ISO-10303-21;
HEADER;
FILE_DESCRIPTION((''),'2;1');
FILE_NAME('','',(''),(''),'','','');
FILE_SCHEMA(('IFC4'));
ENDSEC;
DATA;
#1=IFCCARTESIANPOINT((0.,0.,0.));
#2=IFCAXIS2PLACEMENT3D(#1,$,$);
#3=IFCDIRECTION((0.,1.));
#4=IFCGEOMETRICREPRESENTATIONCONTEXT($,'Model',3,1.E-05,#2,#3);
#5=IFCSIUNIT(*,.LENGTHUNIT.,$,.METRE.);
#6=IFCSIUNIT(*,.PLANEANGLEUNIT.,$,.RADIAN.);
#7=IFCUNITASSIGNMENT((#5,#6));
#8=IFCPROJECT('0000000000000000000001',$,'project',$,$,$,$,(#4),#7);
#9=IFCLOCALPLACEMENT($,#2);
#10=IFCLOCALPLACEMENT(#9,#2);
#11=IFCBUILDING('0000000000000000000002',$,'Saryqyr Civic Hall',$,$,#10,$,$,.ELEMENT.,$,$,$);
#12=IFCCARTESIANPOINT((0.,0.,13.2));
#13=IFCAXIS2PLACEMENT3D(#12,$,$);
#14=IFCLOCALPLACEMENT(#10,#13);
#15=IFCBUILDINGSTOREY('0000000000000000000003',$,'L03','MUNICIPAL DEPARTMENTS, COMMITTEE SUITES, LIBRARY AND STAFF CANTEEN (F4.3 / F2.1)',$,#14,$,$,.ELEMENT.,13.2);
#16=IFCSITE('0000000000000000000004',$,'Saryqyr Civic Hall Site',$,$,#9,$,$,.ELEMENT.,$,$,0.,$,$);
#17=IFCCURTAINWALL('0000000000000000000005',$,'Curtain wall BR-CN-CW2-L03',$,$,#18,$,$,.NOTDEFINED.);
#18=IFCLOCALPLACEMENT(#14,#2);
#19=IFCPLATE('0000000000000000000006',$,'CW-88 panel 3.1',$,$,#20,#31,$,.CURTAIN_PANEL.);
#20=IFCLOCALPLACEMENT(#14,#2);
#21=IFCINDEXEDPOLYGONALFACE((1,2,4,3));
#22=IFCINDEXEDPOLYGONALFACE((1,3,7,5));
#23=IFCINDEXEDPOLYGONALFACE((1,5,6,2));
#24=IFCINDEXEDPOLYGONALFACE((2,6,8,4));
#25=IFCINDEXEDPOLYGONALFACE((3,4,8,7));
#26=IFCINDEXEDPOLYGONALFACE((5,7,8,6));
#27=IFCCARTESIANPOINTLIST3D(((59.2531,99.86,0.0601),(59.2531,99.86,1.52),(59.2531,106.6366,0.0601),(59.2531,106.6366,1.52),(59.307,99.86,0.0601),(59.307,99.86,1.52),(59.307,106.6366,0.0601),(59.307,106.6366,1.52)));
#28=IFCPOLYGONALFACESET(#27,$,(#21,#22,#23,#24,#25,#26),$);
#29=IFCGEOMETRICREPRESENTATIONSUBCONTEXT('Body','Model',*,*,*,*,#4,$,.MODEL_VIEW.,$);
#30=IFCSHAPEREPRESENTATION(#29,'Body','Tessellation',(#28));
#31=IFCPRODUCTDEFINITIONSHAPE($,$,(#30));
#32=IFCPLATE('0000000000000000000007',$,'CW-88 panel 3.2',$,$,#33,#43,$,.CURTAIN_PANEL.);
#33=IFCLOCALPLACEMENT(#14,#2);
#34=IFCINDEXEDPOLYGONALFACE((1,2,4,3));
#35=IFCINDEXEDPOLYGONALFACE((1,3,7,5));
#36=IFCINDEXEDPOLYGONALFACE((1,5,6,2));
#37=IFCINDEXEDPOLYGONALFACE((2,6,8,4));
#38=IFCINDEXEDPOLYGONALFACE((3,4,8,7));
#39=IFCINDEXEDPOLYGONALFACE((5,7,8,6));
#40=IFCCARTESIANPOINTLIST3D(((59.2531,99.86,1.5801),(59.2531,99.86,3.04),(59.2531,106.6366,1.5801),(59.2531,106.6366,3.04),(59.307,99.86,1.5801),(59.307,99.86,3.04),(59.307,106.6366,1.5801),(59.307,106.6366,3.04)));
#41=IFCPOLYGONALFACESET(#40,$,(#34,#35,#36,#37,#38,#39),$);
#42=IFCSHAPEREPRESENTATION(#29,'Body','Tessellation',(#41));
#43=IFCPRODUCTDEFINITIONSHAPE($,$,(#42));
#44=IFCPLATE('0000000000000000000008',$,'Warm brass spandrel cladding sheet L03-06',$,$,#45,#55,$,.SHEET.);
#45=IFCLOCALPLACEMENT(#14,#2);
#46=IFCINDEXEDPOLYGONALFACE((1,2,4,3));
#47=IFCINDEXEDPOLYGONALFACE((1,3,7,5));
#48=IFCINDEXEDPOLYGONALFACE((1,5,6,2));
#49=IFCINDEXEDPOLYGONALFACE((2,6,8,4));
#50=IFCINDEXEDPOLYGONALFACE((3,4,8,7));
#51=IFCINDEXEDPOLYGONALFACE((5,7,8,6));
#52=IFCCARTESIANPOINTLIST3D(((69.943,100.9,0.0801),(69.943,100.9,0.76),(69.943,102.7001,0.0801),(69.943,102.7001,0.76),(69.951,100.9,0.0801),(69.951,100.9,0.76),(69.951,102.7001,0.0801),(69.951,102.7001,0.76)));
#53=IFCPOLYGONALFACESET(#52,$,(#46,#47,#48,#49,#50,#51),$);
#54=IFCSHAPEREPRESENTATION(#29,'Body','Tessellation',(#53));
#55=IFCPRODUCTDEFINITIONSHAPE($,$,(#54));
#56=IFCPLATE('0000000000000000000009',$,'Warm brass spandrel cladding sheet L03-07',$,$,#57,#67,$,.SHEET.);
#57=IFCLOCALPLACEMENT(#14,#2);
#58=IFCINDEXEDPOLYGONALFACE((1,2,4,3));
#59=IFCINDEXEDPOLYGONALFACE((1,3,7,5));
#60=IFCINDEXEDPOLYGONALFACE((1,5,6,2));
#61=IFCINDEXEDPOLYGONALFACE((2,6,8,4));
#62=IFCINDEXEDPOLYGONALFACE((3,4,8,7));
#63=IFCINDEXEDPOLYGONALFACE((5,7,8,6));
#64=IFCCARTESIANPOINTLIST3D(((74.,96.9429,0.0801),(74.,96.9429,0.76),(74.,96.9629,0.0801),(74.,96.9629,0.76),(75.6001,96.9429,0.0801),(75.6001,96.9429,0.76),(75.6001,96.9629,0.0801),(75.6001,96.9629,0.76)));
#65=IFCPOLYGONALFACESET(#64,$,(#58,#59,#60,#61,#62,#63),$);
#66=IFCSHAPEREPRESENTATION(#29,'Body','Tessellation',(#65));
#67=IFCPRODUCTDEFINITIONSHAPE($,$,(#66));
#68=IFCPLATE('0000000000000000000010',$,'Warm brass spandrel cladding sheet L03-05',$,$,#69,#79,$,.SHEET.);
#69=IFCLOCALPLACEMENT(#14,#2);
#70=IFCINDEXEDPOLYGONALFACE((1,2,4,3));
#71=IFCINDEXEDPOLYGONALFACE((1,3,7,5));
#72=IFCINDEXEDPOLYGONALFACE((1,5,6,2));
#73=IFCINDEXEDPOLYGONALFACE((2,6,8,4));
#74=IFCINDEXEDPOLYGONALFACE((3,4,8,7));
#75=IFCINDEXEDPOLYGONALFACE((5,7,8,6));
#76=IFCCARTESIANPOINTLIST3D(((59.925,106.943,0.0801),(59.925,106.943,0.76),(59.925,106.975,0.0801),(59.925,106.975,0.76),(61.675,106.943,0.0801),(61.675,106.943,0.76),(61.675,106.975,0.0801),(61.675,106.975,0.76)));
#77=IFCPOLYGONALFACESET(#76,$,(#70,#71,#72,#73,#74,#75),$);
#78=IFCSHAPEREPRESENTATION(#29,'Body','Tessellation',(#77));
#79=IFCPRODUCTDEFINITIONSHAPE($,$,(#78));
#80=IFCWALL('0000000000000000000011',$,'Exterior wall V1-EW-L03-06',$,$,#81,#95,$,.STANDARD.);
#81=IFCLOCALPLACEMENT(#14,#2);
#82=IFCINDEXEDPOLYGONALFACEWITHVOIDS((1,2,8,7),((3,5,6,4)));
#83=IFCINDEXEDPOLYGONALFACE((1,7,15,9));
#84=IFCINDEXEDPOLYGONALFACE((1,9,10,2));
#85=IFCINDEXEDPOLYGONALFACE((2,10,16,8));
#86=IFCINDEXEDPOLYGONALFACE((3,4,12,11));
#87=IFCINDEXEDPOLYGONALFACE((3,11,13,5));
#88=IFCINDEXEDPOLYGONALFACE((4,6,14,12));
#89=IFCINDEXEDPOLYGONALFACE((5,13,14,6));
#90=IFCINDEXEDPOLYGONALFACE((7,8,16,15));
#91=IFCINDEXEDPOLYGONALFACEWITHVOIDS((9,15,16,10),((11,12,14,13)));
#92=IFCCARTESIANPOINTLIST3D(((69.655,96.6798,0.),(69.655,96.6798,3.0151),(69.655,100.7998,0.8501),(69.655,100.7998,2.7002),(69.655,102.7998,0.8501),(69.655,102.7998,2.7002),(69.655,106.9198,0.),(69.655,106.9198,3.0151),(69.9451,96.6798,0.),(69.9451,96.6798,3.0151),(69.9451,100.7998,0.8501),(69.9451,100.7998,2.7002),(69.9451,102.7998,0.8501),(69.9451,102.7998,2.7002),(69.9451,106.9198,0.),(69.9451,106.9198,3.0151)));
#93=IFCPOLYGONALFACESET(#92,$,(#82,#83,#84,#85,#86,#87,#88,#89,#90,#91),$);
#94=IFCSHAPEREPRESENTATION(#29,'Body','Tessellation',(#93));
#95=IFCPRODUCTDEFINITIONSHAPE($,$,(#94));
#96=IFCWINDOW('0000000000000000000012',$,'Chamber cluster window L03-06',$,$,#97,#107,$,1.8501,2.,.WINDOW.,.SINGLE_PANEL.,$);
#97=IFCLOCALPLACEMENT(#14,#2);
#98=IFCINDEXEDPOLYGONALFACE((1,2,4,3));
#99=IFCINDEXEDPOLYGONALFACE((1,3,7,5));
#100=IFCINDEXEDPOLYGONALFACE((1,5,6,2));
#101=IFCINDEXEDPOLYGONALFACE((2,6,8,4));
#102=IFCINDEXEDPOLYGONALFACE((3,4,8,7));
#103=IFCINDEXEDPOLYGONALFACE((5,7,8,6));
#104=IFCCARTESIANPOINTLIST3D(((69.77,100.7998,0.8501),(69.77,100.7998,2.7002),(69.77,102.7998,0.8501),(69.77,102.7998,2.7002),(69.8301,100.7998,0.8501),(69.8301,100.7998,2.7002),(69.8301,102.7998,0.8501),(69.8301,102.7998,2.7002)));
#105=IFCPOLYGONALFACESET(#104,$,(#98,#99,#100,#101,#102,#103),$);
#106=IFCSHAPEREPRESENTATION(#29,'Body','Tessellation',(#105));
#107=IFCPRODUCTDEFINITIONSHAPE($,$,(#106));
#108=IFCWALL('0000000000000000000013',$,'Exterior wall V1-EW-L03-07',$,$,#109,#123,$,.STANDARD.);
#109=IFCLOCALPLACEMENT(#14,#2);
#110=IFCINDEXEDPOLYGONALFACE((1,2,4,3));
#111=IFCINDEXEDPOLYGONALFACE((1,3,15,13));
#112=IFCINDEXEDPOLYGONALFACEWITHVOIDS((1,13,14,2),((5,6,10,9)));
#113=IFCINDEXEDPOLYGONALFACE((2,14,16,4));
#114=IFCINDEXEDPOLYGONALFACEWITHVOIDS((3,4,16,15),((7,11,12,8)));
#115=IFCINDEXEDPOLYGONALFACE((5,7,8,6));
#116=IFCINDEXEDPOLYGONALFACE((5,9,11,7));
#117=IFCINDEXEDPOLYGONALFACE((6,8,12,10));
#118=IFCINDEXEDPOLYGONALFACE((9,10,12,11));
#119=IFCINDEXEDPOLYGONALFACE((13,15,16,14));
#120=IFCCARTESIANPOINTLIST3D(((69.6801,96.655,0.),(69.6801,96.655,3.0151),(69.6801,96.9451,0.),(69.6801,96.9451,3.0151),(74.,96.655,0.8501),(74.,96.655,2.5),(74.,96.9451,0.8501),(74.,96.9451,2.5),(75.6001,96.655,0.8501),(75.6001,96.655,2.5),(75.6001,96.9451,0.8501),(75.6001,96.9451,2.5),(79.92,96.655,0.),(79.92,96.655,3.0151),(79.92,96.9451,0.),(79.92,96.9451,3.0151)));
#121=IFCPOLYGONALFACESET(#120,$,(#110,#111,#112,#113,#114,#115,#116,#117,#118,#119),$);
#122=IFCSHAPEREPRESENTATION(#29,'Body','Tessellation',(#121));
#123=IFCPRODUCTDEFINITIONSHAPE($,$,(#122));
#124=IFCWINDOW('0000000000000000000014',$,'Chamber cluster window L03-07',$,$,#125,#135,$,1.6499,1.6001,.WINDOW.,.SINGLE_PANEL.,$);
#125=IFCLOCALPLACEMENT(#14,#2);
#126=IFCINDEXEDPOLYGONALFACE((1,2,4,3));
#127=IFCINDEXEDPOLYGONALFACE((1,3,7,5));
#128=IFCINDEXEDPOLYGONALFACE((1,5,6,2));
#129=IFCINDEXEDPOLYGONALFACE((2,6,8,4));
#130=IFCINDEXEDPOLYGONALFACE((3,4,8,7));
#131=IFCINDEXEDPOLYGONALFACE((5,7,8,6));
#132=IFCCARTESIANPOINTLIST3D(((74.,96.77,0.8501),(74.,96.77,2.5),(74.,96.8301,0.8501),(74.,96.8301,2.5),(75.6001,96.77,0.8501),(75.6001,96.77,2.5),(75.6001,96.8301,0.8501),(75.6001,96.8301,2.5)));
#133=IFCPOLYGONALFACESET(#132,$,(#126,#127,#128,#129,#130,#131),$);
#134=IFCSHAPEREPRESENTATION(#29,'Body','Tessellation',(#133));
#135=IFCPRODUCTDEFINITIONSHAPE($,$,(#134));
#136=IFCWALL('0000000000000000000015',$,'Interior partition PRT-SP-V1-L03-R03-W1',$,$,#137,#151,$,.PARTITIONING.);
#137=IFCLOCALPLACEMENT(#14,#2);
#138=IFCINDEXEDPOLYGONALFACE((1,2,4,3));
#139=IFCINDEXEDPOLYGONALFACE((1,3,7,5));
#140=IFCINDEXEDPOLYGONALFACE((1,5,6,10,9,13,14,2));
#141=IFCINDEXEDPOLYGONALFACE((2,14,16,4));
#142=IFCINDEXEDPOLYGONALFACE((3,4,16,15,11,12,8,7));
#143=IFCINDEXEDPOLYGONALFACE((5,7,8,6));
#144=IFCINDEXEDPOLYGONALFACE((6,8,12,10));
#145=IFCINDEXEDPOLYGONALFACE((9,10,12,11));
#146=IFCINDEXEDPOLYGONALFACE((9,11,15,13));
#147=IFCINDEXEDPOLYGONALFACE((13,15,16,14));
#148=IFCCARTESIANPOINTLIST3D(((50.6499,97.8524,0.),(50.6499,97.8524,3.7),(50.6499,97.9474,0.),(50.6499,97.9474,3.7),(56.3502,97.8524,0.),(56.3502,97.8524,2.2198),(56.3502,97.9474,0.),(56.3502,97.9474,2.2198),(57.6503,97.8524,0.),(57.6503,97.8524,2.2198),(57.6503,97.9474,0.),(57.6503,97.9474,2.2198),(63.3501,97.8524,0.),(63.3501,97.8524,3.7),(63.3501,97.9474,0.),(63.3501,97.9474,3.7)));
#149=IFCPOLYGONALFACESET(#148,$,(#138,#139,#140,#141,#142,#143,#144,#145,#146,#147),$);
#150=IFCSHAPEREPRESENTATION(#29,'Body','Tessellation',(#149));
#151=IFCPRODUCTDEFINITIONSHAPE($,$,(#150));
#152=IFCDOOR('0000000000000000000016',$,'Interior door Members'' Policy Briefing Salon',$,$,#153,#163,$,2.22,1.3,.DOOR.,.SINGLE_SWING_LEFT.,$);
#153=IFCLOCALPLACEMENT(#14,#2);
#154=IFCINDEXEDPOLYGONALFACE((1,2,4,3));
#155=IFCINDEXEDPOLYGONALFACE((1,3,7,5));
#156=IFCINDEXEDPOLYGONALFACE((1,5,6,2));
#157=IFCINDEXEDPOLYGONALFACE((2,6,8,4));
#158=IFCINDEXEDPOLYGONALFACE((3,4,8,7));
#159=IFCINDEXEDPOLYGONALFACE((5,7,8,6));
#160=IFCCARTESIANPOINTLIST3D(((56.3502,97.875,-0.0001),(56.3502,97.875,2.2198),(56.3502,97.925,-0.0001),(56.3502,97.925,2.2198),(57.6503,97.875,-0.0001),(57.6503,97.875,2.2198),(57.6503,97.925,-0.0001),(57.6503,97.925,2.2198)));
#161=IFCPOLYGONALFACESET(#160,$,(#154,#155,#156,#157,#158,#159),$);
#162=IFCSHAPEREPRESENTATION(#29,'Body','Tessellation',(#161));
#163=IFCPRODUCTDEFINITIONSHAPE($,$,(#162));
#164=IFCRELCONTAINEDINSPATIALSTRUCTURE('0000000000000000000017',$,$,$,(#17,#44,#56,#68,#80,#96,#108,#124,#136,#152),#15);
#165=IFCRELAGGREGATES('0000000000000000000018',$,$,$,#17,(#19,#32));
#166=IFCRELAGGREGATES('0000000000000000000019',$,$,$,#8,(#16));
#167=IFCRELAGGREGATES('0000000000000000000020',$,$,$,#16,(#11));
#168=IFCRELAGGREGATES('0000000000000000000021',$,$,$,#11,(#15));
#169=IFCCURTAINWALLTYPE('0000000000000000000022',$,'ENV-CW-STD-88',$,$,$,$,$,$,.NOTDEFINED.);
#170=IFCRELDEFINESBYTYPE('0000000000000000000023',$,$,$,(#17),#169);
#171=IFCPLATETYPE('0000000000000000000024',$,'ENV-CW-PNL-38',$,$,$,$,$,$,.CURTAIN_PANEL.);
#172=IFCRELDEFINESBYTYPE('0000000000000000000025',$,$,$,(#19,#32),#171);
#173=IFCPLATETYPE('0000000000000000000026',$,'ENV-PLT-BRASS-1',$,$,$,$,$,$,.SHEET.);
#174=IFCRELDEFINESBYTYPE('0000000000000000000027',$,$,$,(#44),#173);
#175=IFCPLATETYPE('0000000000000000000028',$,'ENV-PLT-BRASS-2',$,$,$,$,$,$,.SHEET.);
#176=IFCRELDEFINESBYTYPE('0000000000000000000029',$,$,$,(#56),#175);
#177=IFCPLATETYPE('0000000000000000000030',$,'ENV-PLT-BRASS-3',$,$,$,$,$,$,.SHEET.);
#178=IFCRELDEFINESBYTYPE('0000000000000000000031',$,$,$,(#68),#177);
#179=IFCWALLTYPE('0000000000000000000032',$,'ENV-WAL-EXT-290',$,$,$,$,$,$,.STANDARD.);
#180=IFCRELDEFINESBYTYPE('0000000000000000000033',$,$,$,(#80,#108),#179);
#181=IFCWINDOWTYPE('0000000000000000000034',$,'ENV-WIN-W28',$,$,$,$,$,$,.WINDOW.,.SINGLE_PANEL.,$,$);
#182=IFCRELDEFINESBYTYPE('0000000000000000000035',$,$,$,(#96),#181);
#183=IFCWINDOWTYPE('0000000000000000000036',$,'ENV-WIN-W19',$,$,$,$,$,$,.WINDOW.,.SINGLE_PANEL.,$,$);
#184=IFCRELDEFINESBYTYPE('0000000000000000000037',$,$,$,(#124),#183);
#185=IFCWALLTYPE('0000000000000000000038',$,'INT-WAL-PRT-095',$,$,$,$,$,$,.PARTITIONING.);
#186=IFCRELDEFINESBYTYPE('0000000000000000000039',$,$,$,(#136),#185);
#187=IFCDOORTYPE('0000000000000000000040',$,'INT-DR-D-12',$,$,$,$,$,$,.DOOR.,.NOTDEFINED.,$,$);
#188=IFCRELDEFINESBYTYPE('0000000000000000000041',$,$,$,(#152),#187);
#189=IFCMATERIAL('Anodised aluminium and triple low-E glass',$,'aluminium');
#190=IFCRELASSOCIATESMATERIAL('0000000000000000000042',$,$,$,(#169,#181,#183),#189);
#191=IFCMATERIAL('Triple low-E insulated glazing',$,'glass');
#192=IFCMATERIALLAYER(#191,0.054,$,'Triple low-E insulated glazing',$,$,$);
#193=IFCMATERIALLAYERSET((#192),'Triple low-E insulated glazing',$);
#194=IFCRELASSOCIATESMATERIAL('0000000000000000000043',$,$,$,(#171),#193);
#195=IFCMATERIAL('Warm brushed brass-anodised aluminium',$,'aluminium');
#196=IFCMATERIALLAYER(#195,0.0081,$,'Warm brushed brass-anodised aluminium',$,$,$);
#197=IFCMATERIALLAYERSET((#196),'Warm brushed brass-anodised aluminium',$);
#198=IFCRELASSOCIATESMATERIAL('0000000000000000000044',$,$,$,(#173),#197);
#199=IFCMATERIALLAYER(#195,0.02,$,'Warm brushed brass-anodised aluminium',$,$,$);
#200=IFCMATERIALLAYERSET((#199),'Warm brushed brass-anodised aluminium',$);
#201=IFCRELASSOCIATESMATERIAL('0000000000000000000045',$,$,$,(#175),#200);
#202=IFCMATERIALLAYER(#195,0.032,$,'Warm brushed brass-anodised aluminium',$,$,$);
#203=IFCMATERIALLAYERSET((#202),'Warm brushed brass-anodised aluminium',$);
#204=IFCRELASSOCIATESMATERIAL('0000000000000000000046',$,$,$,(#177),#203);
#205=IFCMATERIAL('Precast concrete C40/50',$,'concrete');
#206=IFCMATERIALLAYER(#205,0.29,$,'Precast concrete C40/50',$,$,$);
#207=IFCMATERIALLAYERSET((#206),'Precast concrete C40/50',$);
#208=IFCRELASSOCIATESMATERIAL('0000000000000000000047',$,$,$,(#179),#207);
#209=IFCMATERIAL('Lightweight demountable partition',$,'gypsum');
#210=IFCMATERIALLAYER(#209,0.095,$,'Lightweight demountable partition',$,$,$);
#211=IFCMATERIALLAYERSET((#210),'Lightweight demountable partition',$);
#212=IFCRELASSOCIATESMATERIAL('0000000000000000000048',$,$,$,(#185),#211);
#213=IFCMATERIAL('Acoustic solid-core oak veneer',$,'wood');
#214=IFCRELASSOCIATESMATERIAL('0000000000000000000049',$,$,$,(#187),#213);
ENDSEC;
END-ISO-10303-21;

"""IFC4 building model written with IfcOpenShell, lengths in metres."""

from ifc_helpers import new_model, si_unit, direction, frame, frame_2d, origin, origin_2d, place, context, subcontext, project, spatial, rectangle, extrude, material, layer, layer_set, type_object, element, fill, aggregate, save


model = new_model("IFC4")

# Units and contexts
model_context = context("Model", 3, precision=1e-05, world=origin(), true_north=direction((0.0, 1.0)))
body_context = subcontext(model_context, "Body", "Model", "MODEL_VIEW")
ifc_project = project(units=[si_unit("LENGTHUNIT", "METRE"), si_unit("PLANEANGLEUNIT", "RADIAN")], contexts=[model_context])

# Site, building, storey
site_placement = place(None, origin())
site = spatial("IfcSite", under=ifc_project, at=site_placement, Name="Saryqyr Civic Hall Site", CompositionType="ELEMENT", RefElevation=0.0)
building_placement = place(site_placement, origin())
building = spatial("IfcBuilding", under=site, at=building_placement, Name="Saryqyr Civic Hall", CompositionType="ELEMENT")
storey_placement = place(building_placement, frame((0.0, 0.0, 13.2)))
storey = spatial("IfcBuildingStorey", under=building, at=storey_placement, Name="L03", Description="MUNICIPAL DEPARTMENTS, COMMITTEE SUITES, LIBRARY AND STAFF CANTEEN (F4.3 / F2.1)", CompositionType="ELEMENT", Elevation=13.2)

# Curtain wall
ifc_material_1 = material(Name="Anodised aluminium and triple low-E glass", Category="aluminium")
curtain_wall_type = type_object("IfcCurtainWallType", Name="ENV-CW-STD-88", PredefinedType="NOTDEFINED", material=ifc_material_1)
curtain_wall_placement = place(storey_placement, origin())
curtain_wall = element("IfcCurtainWall", 1, at=curtain_wall_placement, inside=storey, type_object=curtain_wall_type, Name="Curtain wall BR-CN-CW2-L03", PredefinedType="NOTDEFINED")

# Plates
ifc_material_2 = material(Name="Triple low-E insulated glazing", Category="glass")
ifc_layer_1 = layer(ifc_material_2, 0.054, Name="Triple low-E insulated glazing")
ifc_layer_set_1 = layer_set([ifc_layer_1], Name="Triple low-E insulated glazing")
plate_type_1 = type_object("IfcPlateType", Name="ENV-CW-PNL-38", PredefinedType="CURTAIN_PANEL", material=ifc_layer_set_1)
plate_1_placement = place(storey_placement, frame((59.28, 103.2483, 0.0601), z_axis=(0.0, 0.0, 1.0), x_axis=(0.0, -1.0, 0.0)))
plate_1 = element("IfcPlate", 2, at=plate_1_placement, type_object=plate_type_1, Name="CW-88 panel 3.1", PredefinedType="CURTAIN_PANEL", context=body_context, shape_type="SweptSolid", body=[
    extrude(rectangle(XDim=6.7766, YDim=0.054, at=origin_2d()), origin(), (0.0, 0.0, 1.0), 1.46),
])
plate_2_placement = place(storey_placement, frame((59.28, 103.2483, 1.5801), z_axis=(0.0, 0.0, 1.0), x_axis=(0.0, -1.0, 0.0)))
plate_2 = element("IfcPlate", 3, at=plate_2_placement, type_object=plate_type_1, Name="CW-88 panel 3.2", PredefinedType="CURTAIN_PANEL", context=body_context, shape_type="SweptSolid", body=[
    extrude(rectangle(XDim=6.7766, YDim=0.054, at=origin_2d()), origin(), (0.0, 0.0, 1.0), 1.46),
])
aggregate(curtain_wall, [plate_1, plate_2])

# Plates
ifc_material_3 = material(Name="Warm brushed brass-anodised aluminium", Category="aluminium")
ifc_layer_2 = layer(ifc_material_3, 0.0081, Name="Warm brushed brass-anodised aluminium")
ifc_layer_set_2 = layer_set([ifc_layer_2], Name="Warm brushed brass-anodised aluminium")
plate_type_2 = type_object("IfcPlateType", Name="ENV-PLT-BRASS-1", PredefinedType="SHEET", material=ifc_layer_set_2)
plate_3_placement = place(storey_placement, frame((69.947, 101.8, 0.0801), z_axis=(0.0, 0.0, 1.0), x_axis=(0.0, -1.0, 0.0)))
element("IfcPlate", 4, at=plate_3_placement, inside=storey, type_object=plate_type_2, Name="Warm brass spandrel cladding sheet L03-06", PredefinedType="SHEET", context=body_context, shape_type="SweptSolid", body=[
    extrude(rectangle(XDim=1.8, YDim=0.0081, at=origin_2d()), origin(), (0.0, 0.0, 1.0), 0.6799),
])
ifc_layer_3 = layer(ifc_material_3, 0.02, Name="Warm brushed brass-anodised aluminium")
ifc_layer_set_3 = layer_set([ifc_layer_3], Name="Warm brushed brass-anodised aluminium")
plate_type_3 = type_object("IfcPlateType", Name="ENV-PLT-BRASS-2", PredefinedType="SHEET", material=ifc_layer_set_3)
plate_4_placement = place(storey_placement, frame((74.8, 96.9529, 0.0801), z_axis=(0.0, 0.0, 1.0), x_axis=(1.0, 0.0, 0.0)))
element("IfcPlate", 5, at=plate_4_placement, inside=storey, type_object=plate_type_3, Name="Warm brass spandrel cladding sheet L03-07", PredefinedType="SHEET", context=body_context, shape_type="SweptSolid", body=[
    extrude(rectangle(XDim=1.6001, YDim=0.02, at=origin_2d()), origin(), (0.0, 0.0, 1.0), 0.6799),
])
ifc_layer_4 = layer(ifc_material_3, 0.032, Name="Warm brushed brass-anodised aluminium")
ifc_layer_set_4 = layer_set([ifc_layer_4], Name="Warm brushed brass-anodised aluminium")
plate_type_4 = type_object("IfcPlateType", Name="ENV-PLT-BRASS-3", PredefinedType="SHEET", material=ifc_layer_set_4)
plate_5_placement = place(storey_placement, frame((60.8, 106.959, 0.0801), z_axis=(0.0, 0.0, 1.0), x_axis=(1.0, 0.0, 0.0)))
element("IfcPlate", 6, at=plate_5_placement, inside=storey, type_object=plate_type_4, Name="Warm brass spandrel cladding sheet L03-05", PredefinedType="SHEET", context=body_context, shape_type="SweptSolid", body=[
    extrude(rectangle(XDim=1.75, YDim=0.032, at=origin_2d()), origin(), (0.0, 0.0, 1.0), 0.6799),
])

# Walls, openings, windows
ifc_material_4 = material(Name="Precast concrete C40/50", Category="concrete")
ifc_layer_5 = layer(ifc_material_4, 0.29, Name="Precast concrete C40/50")
ifc_layer_set_5 = layer_set([ifc_layer_5], Name="Precast concrete C40/50")
wall_type_1 = type_object("IfcWallType", Name="ENV-WAL-EXT-290", PredefinedType="STANDARD", material=ifc_layer_set_5)
wall_1_placement = place(storey_placement, frame((69.8, 106.9199, 0.0), z_axis=(0.0, 0.0, 1.0), x_axis=(0.0, -1.0, 0.0)))
wall_1 = element("IfcWall", 7, at=wall_1_placement, inside=storey, type_object=wall_type_1, Name="Exterior wall V1-EW-L03-06", PredefinedType="STANDARD", context=body_context, shape_type="SweptSolid", body=[
    extrude(rectangle(XDim=10.24, YDim=0.29, at=frame_2d((5.1201, 0.0))), origin(), (0.0, 0.0, 1.0), 3.0151),
])
opening_1_placement = place(wall_1_placement, frame((4.1201, 0.0, 0.8501)))
opening_1 = element("IfcOpeningElement", 8, at=opening_1_placement, cuts=wall_1, PredefinedType="OPENING", context=body_context, shape_type="SweptSolid", body=[
    extrude(rectangle(XDim=2.0, YDim=1.8501, at=frame_2d((1.0, 0.925))), frame((0.0, 0.155, 0.0), z_axis=(0.0, -1.0, 0.0), x_axis=(1.0, 0.0, 0.0)), (0.0, 0.0, 1.0), 0.3101),
])
window_type_1 = type_object("IfcWindowType", Name="ENV-WIN-W28", PartitioningType="SINGLE_PANEL", PredefinedType="WINDOW", material=ifc_material_1)
window_1_placement = place(opening_1_placement, origin())
window_1 = element("IfcWindow", 9, at=window_1_placement, inside=storey, type_object=window_type_1, Name="Chamber cluster window L03-06", OverallHeight=1.8501, OverallWidth=2.0, PartitioningType="SINGLE_PANEL", PredefinedType="WINDOW", context=body_context, shape_type="SweptSolid", body=[
    extrude(rectangle(XDim=2.0, YDim=1.8501, at=frame_2d((1.0, 0.925))), frame((0.0, 0.03, 0.0), z_axis=(0.0, -1.0, 0.0), x_axis=(1.0, 0.0, 0.0)), (0.0, 0.0, 1.0), 0.0601),
])
fill(opening_1, window_1)
wall_2_placement = place(storey_placement, frame((69.6799, 96.8, 0.0), z_axis=(0.0, 0.0, 1.0), x_axis=(1.0, 0.0, 0.0)))
wall_2 = element("IfcWall", 10, at=wall_2_placement, inside=storey, type_object=wall_type_1, Name="Exterior wall V1-EW-L03-07", PredefinedType="STANDARD", context=body_context, shape_type="SweptSolid", body=[
    extrude(rectangle(XDim=10.24, YDim=0.29, at=frame_2d((5.1201, 0.0))), origin(), (0.0, 0.0, 1.0), 3.0151),
])
opening_2_placement = place(wall_2_placement, frame((4.3201, 0.0, 0.8501)))
opening_2 = element("IfcOpeningElement", 11, at=opening_2_placement, cuts=wall_2, PredefinedType="OPENING", context=body_context, shape_type="SweptSolid", body=[
    extrude(rectangle(XDim=1.6001, YDim=1.6499, at=frame_2d((0.8, 0.825))), frame((0.0, 0.155, 0.0), z_axis=(0.0, -1.0, 0.0), x_axis=(1.0, 0.0, 0.0)), (0.0, 0.0, 1.0), 0.3101),
])
window_type_2 = type_object("IfcWindowType", Name="ENV-WIN-W19", PartitioningType="SINGLE_PANEL", PredefinedType="WINDOW", material=ifc_material_1)
window_2_placement = place(opening_2_placement, origin())
window_2 = element("IfcWindow", 12, at=window_2_placement, inside=storey, type_object=window_type_2, Name="Chamber cluster window L03-07", OverallHeight=1.6499, OverallWidth=1.6001, PartitioningType="SINGLE_PANEL", PredefinedType="WINDOW", context=body_context, shape_type="SweptSolid", body=[
    extrude(rectangle(XDim=1.6001, YDim=1.6499, at=frame_2d((0.8, 0.825))), frame((0.0, 0.03, 0.0), z_axis=(0.0, -1.0, 0.0), x_axis=(1.0, 0.0, 0.0)), (0.0, 0.0, 1.0), 0.0601),
])
fill(opening_2, window_2)

# Wall, opening, door
ifc_material_5 = material(Name="Lightweight demountable partition", Category="gypsum")
ifc_layer_6 = layer(ifc_material_5, 0.095, Name="Lightweight demountable partition")
ifc_layer_set_6 = layer_set([ifc_layer_6], Name="Lightweight demountable partition")
wall_type_2 = type_object("IfcWallType", Name="INT-WAL-PRT-095", PredefinedType="PARTITIONING", material=ifc_layer_set_6)
wall_3_placement = place(storey_placement, frame((63.3501, 97.8999, 0.0), z_axis=(0.0, 0.0, 1.0), x_axis=(-1.0, 0.0, 0.0)))
wall_3 = element("IfcWall", 13, at=wall_3_placement, inside=storey, type_object=wall_type_2, Name="Interior partition PRT-SP-V1-L03-R03-W1", PredefinedType="PARTITIONING", context=body_context, shape_type="SweptSolid", body=[
    extrude(rectangle(XDim=12.7002, YDim=0.095, at=frame_2d((6.3501, 0.0))), origin(), (0.0, 0.0, 1.0), 3.7),
])
opening_3_placement = place(wall_3_placement, frame((5.7, 0.0, 0.0)))
opening_3 = element("IfcOpeningElement", 14, at=opening_3_placement, cuts=wall_3, PredefinedType="OPENING", context=body_context, shape_type="SweptSolid", body=[
    extrude(rectangle(XDim=1.3, YDim=2.22, at=frame_2d((0.6499, 1.1099))), frame((0.0, 0.0574, 0.0), z_axis=(0.0, -1.0, 0.0), x_axis=(1.0, 0.0, 0.0)), (0.0, 0.0, 1.0), 0.115),
])
ifc_material_6 = material(Name="Acoustic solid-core oak veneer", Category="wood")
door_type = type_object("IfcDoorType", Name="INT-DR-D-12", OperationType="NOTDEFINED", PredefinedType="DOOR", material=ifc_material_6)
door_placement = place(opening_3_placement, origin())
door = element("IfcDoor", 15, at=door_placement, inside=storey, type_object=door_type, Name="Interior door Members' Policy Briefing Salon", OperationType="SINGLE_SWING_LEFT", OverallHeight=2.22, OverallWidth=1.3, PredefinedType="DOOR", context=body_context, shape_type="SweptSolid", body=[
    extrude(rectangle(XDim=1.3, YDim=2.22, at=frame_2d((0.6499, 1.1099))), frame((0.0, 0.0249, 0.0), z_axis=(0.0, -1.0, 0.0), x_axis=(1.0, 0.0, 0.0)), (0.0, 0.0, 1.0), 0.05),
])
fill(opening_3, door)

save(model, "model.ifc")
